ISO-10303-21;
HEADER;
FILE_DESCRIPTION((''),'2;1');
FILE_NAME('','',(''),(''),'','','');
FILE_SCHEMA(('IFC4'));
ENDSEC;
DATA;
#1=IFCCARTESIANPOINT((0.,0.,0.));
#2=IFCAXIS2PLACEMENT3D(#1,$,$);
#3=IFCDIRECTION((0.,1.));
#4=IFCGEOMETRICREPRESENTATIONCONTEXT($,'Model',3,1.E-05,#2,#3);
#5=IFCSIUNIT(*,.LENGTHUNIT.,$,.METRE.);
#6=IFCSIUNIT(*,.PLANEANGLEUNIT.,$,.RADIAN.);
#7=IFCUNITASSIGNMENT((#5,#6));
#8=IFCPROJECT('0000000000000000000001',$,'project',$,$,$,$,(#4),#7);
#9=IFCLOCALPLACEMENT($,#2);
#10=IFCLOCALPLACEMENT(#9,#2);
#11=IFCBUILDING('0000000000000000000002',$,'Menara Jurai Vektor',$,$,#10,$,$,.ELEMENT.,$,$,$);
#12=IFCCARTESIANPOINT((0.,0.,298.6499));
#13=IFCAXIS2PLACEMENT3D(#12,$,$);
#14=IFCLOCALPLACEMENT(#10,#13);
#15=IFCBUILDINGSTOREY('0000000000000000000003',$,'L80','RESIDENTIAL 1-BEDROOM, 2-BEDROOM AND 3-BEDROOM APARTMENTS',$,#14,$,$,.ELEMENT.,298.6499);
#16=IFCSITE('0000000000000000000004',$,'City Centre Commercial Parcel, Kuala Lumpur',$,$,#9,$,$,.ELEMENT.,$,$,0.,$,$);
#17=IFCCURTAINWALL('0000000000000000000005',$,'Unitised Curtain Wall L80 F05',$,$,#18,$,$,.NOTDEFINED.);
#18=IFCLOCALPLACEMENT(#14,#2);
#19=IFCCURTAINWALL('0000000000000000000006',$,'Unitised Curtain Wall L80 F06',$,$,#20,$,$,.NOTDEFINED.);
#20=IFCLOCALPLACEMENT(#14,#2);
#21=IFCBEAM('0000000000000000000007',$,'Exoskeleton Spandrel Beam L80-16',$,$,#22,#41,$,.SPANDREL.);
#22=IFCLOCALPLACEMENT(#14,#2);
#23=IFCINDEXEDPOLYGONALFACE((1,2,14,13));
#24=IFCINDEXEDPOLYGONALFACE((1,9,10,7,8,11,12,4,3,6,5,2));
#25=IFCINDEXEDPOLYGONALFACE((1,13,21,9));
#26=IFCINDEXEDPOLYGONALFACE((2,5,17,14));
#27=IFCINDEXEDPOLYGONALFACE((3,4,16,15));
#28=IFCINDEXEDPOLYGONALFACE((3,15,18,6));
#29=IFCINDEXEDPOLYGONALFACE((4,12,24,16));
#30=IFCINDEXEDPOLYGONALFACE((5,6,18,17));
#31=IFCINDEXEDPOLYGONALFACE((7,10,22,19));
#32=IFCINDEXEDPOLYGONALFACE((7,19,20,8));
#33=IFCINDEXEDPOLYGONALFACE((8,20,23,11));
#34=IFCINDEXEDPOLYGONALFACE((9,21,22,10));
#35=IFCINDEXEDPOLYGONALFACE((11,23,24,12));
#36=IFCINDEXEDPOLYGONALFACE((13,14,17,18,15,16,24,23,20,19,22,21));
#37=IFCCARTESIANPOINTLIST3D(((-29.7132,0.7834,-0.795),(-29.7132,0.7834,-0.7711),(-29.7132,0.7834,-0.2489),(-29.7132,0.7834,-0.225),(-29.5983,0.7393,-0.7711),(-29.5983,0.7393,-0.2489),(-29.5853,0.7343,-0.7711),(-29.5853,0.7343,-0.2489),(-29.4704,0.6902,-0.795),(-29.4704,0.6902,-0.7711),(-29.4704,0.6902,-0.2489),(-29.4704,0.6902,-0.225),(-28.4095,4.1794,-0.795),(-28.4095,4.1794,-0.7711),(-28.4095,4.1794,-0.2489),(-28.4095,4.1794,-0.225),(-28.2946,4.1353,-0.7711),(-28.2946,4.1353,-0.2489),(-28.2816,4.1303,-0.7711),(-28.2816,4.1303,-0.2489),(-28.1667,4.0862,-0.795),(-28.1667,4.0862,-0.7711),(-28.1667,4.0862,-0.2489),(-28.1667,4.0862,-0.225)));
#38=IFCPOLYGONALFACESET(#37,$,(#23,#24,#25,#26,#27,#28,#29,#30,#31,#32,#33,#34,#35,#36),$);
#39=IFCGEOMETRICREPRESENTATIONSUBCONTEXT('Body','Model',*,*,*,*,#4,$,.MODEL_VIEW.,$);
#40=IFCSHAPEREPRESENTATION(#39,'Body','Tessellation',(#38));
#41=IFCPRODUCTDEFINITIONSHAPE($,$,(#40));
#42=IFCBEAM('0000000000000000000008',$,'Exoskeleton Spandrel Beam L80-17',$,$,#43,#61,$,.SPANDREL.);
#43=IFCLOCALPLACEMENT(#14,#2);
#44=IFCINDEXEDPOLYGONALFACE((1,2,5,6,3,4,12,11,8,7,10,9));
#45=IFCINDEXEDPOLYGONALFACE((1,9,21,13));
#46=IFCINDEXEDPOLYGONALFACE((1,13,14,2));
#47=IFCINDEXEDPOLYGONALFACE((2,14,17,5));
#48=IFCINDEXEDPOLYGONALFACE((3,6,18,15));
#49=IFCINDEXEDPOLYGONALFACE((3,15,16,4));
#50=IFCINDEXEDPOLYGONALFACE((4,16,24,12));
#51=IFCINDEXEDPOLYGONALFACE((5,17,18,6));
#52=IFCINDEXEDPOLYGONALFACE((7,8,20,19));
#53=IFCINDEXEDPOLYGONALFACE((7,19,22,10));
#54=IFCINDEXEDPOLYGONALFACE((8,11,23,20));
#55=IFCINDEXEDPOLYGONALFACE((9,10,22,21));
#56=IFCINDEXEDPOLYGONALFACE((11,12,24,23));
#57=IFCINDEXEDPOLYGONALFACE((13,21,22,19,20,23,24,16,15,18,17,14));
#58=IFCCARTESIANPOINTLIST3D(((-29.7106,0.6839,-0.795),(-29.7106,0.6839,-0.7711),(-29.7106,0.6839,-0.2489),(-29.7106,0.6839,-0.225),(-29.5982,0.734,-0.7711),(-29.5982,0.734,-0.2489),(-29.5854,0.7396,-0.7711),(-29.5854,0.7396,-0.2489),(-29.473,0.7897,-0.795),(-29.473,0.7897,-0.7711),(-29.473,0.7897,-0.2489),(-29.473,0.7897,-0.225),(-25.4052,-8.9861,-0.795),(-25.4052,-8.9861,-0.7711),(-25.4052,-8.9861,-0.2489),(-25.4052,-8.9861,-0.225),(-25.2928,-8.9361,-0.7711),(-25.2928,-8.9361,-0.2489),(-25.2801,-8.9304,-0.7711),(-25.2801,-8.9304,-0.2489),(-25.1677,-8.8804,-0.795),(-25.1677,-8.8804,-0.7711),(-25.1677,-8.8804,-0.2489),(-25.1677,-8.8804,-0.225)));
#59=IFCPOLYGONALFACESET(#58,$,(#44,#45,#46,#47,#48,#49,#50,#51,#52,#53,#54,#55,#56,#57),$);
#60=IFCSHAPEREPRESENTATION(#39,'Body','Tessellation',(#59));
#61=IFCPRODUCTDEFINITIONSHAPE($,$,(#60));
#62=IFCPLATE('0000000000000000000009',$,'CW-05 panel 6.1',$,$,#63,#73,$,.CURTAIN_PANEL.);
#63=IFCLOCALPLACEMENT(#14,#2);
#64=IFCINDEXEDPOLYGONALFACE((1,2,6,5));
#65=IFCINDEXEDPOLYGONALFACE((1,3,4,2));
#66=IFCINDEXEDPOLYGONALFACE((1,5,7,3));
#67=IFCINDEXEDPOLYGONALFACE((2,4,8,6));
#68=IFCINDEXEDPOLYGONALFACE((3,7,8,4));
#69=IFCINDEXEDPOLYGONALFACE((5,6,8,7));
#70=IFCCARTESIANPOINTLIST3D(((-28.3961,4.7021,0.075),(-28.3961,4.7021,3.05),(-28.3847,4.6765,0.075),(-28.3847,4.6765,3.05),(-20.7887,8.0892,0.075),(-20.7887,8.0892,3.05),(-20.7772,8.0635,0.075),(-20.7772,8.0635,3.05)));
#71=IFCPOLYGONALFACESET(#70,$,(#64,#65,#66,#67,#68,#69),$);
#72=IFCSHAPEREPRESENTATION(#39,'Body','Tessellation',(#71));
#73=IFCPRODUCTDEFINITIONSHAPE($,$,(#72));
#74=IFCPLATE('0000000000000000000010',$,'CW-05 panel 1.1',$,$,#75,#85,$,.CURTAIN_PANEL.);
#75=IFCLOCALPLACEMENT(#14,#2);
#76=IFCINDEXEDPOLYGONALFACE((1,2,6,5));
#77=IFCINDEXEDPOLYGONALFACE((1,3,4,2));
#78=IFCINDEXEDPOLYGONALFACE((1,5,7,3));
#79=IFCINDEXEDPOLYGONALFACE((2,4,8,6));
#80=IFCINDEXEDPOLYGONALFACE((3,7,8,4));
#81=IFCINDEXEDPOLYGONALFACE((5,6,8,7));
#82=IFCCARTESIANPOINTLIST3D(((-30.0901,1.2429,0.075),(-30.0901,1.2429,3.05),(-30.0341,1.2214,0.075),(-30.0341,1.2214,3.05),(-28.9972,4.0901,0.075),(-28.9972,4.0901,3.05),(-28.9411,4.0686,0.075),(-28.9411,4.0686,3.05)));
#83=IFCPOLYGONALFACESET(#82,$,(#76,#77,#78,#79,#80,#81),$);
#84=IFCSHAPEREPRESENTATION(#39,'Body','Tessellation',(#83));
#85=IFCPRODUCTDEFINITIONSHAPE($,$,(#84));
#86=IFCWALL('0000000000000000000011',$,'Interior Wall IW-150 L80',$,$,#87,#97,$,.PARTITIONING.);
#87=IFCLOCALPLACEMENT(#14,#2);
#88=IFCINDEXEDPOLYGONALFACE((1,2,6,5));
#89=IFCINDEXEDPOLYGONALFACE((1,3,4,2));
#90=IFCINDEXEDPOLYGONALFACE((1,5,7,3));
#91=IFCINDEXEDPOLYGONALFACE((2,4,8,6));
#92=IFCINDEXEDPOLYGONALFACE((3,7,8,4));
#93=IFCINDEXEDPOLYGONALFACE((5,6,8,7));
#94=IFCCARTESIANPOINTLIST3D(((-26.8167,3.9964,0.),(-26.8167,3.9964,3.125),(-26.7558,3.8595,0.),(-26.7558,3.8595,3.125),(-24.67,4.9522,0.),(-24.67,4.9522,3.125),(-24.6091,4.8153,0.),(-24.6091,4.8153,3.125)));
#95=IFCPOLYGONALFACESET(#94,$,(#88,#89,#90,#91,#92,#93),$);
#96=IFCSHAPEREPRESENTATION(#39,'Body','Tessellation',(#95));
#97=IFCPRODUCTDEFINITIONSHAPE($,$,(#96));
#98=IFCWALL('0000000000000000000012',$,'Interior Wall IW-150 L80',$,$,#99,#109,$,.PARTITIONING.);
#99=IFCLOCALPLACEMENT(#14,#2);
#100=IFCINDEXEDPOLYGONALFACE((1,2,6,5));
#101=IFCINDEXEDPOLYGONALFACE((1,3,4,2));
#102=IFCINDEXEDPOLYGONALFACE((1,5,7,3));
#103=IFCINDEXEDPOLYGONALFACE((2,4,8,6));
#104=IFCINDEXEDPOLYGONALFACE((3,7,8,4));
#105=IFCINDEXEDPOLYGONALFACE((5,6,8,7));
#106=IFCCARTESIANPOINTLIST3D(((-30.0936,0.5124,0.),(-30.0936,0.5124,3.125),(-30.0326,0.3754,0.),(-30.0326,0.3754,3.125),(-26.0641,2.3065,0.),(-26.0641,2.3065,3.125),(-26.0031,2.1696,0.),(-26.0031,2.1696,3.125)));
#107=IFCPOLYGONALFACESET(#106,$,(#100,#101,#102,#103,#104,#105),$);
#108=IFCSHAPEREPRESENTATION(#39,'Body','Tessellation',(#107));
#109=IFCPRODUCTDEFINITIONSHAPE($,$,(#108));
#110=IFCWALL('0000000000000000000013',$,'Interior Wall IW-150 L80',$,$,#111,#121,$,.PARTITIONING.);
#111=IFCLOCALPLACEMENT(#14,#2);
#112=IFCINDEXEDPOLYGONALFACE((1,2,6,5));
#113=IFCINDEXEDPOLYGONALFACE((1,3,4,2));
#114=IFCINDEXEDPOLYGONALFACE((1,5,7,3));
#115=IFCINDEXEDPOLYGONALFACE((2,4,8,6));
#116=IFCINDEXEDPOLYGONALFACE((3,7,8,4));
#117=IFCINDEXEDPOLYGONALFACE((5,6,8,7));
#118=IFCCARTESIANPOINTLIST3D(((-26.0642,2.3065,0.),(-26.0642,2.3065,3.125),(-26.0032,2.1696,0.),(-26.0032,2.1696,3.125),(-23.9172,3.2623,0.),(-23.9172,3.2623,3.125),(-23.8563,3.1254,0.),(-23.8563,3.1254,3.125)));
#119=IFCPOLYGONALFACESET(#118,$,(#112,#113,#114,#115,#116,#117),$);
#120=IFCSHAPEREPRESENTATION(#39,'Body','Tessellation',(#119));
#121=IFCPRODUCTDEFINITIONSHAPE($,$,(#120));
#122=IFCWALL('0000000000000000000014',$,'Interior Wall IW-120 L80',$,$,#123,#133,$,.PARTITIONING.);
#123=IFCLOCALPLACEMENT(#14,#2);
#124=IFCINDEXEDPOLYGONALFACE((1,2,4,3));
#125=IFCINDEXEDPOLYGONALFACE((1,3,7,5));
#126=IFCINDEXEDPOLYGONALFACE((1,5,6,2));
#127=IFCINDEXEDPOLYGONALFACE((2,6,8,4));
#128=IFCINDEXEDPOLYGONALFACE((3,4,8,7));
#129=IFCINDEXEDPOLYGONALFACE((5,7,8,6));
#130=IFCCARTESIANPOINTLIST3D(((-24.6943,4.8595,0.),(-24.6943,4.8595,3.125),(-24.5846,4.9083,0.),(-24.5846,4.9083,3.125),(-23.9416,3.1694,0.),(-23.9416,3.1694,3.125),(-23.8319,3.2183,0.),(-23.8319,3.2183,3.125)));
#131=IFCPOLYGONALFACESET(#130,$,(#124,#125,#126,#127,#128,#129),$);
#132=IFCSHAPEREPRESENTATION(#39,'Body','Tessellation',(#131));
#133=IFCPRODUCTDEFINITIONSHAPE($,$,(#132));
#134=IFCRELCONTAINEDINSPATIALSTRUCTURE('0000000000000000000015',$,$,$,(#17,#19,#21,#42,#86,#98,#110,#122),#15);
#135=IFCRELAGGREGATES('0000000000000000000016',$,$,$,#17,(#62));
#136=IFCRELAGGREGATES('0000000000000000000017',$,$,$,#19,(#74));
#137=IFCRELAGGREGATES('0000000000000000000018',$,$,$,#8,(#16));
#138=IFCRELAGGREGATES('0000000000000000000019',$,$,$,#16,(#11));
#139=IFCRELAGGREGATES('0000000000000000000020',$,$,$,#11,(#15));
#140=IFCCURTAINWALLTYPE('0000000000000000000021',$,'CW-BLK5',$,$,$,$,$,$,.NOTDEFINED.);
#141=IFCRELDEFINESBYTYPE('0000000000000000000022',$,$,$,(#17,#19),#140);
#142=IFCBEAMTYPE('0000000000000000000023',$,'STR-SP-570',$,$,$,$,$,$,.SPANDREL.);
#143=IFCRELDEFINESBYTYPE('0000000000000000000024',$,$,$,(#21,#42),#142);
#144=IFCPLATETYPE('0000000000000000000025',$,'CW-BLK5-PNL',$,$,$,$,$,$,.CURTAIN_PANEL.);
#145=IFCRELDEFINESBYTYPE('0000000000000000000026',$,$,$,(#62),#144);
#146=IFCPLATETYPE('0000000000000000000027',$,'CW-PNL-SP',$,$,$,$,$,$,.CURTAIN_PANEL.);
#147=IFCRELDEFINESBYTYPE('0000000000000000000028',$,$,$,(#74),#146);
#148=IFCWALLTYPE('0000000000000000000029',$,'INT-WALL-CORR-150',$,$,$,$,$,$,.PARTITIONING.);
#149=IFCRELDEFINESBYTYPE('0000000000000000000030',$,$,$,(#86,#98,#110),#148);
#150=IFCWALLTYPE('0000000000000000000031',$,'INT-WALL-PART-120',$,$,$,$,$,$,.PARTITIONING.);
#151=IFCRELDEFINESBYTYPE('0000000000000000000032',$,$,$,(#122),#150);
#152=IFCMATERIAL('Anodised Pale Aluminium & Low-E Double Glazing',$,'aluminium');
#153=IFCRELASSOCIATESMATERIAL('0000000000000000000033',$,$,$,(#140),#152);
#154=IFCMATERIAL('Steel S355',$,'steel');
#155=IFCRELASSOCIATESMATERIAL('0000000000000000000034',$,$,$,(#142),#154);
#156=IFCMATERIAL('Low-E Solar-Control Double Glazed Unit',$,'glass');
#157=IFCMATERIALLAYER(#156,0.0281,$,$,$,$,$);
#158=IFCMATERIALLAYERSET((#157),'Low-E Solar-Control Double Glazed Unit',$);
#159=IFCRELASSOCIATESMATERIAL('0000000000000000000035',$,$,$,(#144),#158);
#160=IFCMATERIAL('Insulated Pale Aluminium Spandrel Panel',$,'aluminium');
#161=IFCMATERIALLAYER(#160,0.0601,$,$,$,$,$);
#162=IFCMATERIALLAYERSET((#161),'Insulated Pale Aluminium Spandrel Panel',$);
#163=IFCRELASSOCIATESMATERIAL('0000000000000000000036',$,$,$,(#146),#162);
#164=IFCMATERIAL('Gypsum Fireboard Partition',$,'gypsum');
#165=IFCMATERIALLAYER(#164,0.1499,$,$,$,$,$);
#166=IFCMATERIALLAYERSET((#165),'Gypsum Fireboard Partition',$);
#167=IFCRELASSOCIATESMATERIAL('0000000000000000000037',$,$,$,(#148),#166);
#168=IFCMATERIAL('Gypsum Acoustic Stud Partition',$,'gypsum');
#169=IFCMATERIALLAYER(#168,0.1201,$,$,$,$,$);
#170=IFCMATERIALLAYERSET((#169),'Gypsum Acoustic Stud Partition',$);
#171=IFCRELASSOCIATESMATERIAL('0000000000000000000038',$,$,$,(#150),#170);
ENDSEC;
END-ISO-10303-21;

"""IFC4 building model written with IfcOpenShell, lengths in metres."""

from ifc_helpers import new_model, si_unit, direction, frame, frame_2d, origin, origin_2d, place, context, subcontext, project, spatial, rectangle, i_section, extrude, material, layer, layer_set, material_profile, profile_set, type_object, element, aggregate, save


model = new_model("IFC4")

# Units and contexts
model_context = context("Model", 3, precision=1e-05, world=origin(), true_north=direction((0.0, 1.0)))
body_context = subcontext(model_context, "Body", "Model", "MODEL_VIEW")
ifc_project = project(units=[si_unit("LENGTHUNIT", "METRE"), si_unit("PLANEANGLEUNIT", "RADIAN")], contexts=[model_context])

# Site, building, storey
site_placement = place(None, origin())
site = spatial("IfcSite", under=ifc_project, at=site_placement, Name="City Centre Commercial Parcel, Kuala Lumpur", CompositionType="ELEMENT", RefElevation=0.0)
building_placement = place(site_placement, origin())
building = spatial("IfcBuilding", under=site, at=building_placement, Name="Menara Jurai Vektor", CompositionType="ELEMENT")
storey_placement = place(building_placement, frame((0.0, 0.0, 298.6499)))
storey = spatial("IfcBuildingStorey", under=building, at=storey_placement, Name="L80", Description="RESIDENTIAL 1-BEDROOM, 2-BEDROOM AND 3-BEDROOM APARTMENTS", CompositionType="ELEMENT", Elevation=298.6499)

# Curtain wall
ifc_material_1 = material(Name="Anodised Pale Aluminium & Low-E Double Glazing", Category="aluminium")
curtain_wall_type = type_object("IfcCurtainWallType", Name="CW-BLK5", PredefinedType="NOTDEFINED", material=ifc_material_1)
curtain_wall_1_placement = place(storey_placement, origin())
curtain_wall_1 = element("IfcCurtainWall", 1, at=curtain_wall_1_placement, inside=storey, type_object=curtain_wall_type, Name="Unitised Curtain Wall L80 F05", PredefinedType="NOTDEFINED")

# Curtain wall
curtain_wall_2_placement = place(storey_placement, origin())
curtain_wall_2 = element("IfcCurtainWall", 2, at=curtain_wall_2_placement, inside=storey, type_object=curtain_wall_type, Name="Unitised Curtain Wall L80 F06", PredefinedType="NOTDEFINED")

# Shared definitions
ifc_material_2 = material(Name="Steel S355", Category="steel")

# Beams
ifc_material_profile_1 = material_profile(ifc_material_2, i_section(OverallWidth=0.26, OverallDepth=0.5701, WebThickness=0.0139, FlangeThickness=0.0239, at=origin_2d()), Name="PG 570x260x145")
ifc_profile_set_1 = profile_set([ifc_material_profile_1], Name="Steel S355")
beam_type_1 = type_object("IfcBeamType", Name="STR-SP-570", PredefinedType="SPANDREL", material=ifc_profile_set_1)
beam_1_placement = place(storey_placement, frame((-28.2881, 4.1328, -0.51), z_axis=(-0.358394, -0.93357, 0.0), x_axis=(0.93357, -0.358394, 0.0)))
element("IfcBeam", 3, at=beam_1_placement, inside=storey, type_object=beam_type_1, Name="Exoskeleton Spandrel Beam L80-16", PredefinedType="SPANDREL", context=body_context, shape_type="SweptSolid", body=[
    extrude(i_section(OverallWidth=0.26, OverallDepth=0.5701, WebThickness=0.0139, FlangeThickness=0.0239, at=origin_2d()), origin(), (0.0, 0.0, 1.0), 3.6377),
])
beam_2_placement = place(storey_placement, frame((-29.5918, 0.7368, -0.51), z_axis=(0.406735, -0.913546, 0.0), x_axis=(0.913546, 0.406735, 0.0)))
element("IfcBeam", 4, at=beam_2_placement, inside=storey, type_object=beam_type_1, Name="Exoskeleton Spandrel Beam L80-17", PredefinedType="SPANDREL", context=body_context, shape_type="SweptSolid", body=[
    extrude(i_section(OverallWidth=0.26, OverallDepth=0.5701, WebThickness=0.0139, FlangeThickness=0.0239, at=origin_2d()), origin(), (0.0, 0.0, 1.0), 10.5852),
])

# Plates
ifc_material_3 = material(Name="Low-E Solar-Control Double Glazed Unit", Category="glass")
ifc_layer_1 = layer(ifc_material_3, 0.0281)
ifc_layer_set_1 = layer_set([ifc_layer_1], Name="Low-E Solar-Control Double Glazed Unit")
plate_type_1 = type_object("IfcPlateType", Name="CW-BLK5-PNL", PredefinedType="CURTAIN_PANEL", material=ifc_layer_set_1)
plate_1_placement = place(storey_placement, frame((-24.5867, 6.3828, 0.075), z_axis=(0.0, 0.0, 1.0), x_axis=(-0.913546, -0.406735, 0.0)))
plate_1 = element("IfcPlate", 5, at=plate_1_placement, type_object=plate_type_1, Name="CW-05 panel 6.1", PredefinedType="CURTAIN_PANEL", context=body_context, shape_type="SweptSolid", body=[
    extrude(rectangle(XDim=8.3274, YDim=0.0281, at=origin_2d()), origin(), (0.0, 0.0, 1.0), 2.9751),
])
aggregate(curtain_wall_1, [plate_1])
ifc_material_4 = material(Name="Insulated Pale Aluminium Spandrel Panel", Category="aluminium")
ifc_layer_2 = layer(ifc_material_4, 0.0601)
ifc_layer_set_2 = layer_set([ifc_layer_2], Name="Insulated Pale Aluminium Spandrel Panel")
plate_type_2 = type_object("IfcPlateType", Name="CW-PNL-SP", PredefinedType="CURTAIN_PANEL", material=ifc_layer_set_2)
plate_2_placement = place(storey_placement, frame((-29.5156, 2.6558, 0.075), z_axis=(0.0, 0.0, 1.0), x_axis=(-0.358374, -0.933578, 0.0)))
plate_2 = element("IfcPlate", 6, at=plate_2_placement, type_object=plate_type_2, Name="CW-05 panel 1.1", PredefinedType="CURTAIN_PANEL", context=body_context, shape_type="SweptSolid", body=[
    extrude(rectangle(XDim=3.0498, YDim=0.0601, at=origin_2d()), origin(), (0.0, 0.0, 1.0), 2.9751),
])
aggregate(curtain_wall_2, [plate_2])

# Shared definitions
ifc_material_5 = material(Name="Gypsum Fireboard Partition", Category="gypsum")
ifc_layer_3 = layer(ifc_material_5, 0.1499)
ifc_layer_set_3 = layer_set([ifc_layer_3], Name="Gypsum Fireboard Partition")
wall_type_1 = type_object("IfcWallType", Name="INT-WALL-CORR-150", PredefinedType="PARTITIONING", material=ifc_layer_set_3)

# Wall
wall_1_placement = place(storey_placement, frame((-26.7861, 3.928, 0.0), z_axis=(0.0, 0.0, 1.0), x_axis=(0.913541, 0.406746, 0.0)))
element("IfcWall", 7, at=wall_1_placement, inside=storey, type_object=wall_type_1, Name="Interior Wall IW-150 L80", PredefinedType="PARTITIONING", context=body_context, shape_type="SweptSolid", body=[
    extrude(rectangle(XDim=2.3499, YDim=0.1499, at=frame_2d((1.1748, 0.0))), origin(), (0.0, 0.0, 1.0), 3.125),
])

# Walls
wall_2_placement = place(storey_placement, frame((-30.0632, 0.4438, 0.0), z_axis=(0.0, 0.0, 1.0), x_axis=(0.913535, 0.40676, 0.0)))
element("IfcWall", 8, at=wall_2_placement, inside=storey, type_object=wall_type_1, Name="Interior Wall IW-150 L80", PredefinedType="PARTITIONING", context=body_context, shape_type="SweptSolid", body=[
    extrude(rectangle(XDim=4.4109, YDim=0.1499, at=frame_2d((2.2056, 0.0))), origin(), (0.0, 0.0, 1.0), 3.125),
])
wall_3_placement = place(storey_placement, frame((-26.0337, 2.238, 0.0), z_axis=(0.0, 0.0, 1.0), x_axis=(0.913559, 0.406707, 0.0)))
element("IfcWall", 9, at=wall_3_placement, inside=storey, type_object=wall_type_1, Name="Interior Wall IW-150 L80", PredefinedType="PARTITIONING", context=body_context, shape_type="SweptSolid", body=[
    extrude(rectangle(XDim=2.3501, YDim=0.1499, at=frame_2d((1.175, 0.0))), origin(), (0.0, 0.0, 1.0), 3.125),
])
ifc_material_6 = material(Name="Gypsum Acoustic Stud Partition", Category="gypsum")
ifc_layer_4 = layer(ifc_material_6, 0.1201)
ifc_layer_set_4 = layer_set([ifc_layer_4], Name="Gypsum Acoustic Stud Partition")
wall_type_2 = type_object("IfcWallType", Name="INT-WALL-PART-120", PredefinedType="PARTITIONING", material=ifc_layer_set_4)
wall_4_placement = place(storey_placement, frame((-23.8867, 3.1938, 0.0), z_axis=(0.0, 0.0, 1.0), x_axis=(-0.406861, 0.91349, 0.0)))
element("IfcWall", 10, at=wall_4_placement, inside=storey, type_object=wall_type_2, Name="Interior Wall IW-120 L80", PredefinedType="PARTITIONING", context=body_context, shape_type="SweptSolid", body=[
    extrude(rectangle(XDim=1.8501, YDim=0.1201, at=frame_2d((0.925, 0.0))), origin(), (0.0, 0.0, 1.0), 3.125),
])

save(model, "model.ifc")
